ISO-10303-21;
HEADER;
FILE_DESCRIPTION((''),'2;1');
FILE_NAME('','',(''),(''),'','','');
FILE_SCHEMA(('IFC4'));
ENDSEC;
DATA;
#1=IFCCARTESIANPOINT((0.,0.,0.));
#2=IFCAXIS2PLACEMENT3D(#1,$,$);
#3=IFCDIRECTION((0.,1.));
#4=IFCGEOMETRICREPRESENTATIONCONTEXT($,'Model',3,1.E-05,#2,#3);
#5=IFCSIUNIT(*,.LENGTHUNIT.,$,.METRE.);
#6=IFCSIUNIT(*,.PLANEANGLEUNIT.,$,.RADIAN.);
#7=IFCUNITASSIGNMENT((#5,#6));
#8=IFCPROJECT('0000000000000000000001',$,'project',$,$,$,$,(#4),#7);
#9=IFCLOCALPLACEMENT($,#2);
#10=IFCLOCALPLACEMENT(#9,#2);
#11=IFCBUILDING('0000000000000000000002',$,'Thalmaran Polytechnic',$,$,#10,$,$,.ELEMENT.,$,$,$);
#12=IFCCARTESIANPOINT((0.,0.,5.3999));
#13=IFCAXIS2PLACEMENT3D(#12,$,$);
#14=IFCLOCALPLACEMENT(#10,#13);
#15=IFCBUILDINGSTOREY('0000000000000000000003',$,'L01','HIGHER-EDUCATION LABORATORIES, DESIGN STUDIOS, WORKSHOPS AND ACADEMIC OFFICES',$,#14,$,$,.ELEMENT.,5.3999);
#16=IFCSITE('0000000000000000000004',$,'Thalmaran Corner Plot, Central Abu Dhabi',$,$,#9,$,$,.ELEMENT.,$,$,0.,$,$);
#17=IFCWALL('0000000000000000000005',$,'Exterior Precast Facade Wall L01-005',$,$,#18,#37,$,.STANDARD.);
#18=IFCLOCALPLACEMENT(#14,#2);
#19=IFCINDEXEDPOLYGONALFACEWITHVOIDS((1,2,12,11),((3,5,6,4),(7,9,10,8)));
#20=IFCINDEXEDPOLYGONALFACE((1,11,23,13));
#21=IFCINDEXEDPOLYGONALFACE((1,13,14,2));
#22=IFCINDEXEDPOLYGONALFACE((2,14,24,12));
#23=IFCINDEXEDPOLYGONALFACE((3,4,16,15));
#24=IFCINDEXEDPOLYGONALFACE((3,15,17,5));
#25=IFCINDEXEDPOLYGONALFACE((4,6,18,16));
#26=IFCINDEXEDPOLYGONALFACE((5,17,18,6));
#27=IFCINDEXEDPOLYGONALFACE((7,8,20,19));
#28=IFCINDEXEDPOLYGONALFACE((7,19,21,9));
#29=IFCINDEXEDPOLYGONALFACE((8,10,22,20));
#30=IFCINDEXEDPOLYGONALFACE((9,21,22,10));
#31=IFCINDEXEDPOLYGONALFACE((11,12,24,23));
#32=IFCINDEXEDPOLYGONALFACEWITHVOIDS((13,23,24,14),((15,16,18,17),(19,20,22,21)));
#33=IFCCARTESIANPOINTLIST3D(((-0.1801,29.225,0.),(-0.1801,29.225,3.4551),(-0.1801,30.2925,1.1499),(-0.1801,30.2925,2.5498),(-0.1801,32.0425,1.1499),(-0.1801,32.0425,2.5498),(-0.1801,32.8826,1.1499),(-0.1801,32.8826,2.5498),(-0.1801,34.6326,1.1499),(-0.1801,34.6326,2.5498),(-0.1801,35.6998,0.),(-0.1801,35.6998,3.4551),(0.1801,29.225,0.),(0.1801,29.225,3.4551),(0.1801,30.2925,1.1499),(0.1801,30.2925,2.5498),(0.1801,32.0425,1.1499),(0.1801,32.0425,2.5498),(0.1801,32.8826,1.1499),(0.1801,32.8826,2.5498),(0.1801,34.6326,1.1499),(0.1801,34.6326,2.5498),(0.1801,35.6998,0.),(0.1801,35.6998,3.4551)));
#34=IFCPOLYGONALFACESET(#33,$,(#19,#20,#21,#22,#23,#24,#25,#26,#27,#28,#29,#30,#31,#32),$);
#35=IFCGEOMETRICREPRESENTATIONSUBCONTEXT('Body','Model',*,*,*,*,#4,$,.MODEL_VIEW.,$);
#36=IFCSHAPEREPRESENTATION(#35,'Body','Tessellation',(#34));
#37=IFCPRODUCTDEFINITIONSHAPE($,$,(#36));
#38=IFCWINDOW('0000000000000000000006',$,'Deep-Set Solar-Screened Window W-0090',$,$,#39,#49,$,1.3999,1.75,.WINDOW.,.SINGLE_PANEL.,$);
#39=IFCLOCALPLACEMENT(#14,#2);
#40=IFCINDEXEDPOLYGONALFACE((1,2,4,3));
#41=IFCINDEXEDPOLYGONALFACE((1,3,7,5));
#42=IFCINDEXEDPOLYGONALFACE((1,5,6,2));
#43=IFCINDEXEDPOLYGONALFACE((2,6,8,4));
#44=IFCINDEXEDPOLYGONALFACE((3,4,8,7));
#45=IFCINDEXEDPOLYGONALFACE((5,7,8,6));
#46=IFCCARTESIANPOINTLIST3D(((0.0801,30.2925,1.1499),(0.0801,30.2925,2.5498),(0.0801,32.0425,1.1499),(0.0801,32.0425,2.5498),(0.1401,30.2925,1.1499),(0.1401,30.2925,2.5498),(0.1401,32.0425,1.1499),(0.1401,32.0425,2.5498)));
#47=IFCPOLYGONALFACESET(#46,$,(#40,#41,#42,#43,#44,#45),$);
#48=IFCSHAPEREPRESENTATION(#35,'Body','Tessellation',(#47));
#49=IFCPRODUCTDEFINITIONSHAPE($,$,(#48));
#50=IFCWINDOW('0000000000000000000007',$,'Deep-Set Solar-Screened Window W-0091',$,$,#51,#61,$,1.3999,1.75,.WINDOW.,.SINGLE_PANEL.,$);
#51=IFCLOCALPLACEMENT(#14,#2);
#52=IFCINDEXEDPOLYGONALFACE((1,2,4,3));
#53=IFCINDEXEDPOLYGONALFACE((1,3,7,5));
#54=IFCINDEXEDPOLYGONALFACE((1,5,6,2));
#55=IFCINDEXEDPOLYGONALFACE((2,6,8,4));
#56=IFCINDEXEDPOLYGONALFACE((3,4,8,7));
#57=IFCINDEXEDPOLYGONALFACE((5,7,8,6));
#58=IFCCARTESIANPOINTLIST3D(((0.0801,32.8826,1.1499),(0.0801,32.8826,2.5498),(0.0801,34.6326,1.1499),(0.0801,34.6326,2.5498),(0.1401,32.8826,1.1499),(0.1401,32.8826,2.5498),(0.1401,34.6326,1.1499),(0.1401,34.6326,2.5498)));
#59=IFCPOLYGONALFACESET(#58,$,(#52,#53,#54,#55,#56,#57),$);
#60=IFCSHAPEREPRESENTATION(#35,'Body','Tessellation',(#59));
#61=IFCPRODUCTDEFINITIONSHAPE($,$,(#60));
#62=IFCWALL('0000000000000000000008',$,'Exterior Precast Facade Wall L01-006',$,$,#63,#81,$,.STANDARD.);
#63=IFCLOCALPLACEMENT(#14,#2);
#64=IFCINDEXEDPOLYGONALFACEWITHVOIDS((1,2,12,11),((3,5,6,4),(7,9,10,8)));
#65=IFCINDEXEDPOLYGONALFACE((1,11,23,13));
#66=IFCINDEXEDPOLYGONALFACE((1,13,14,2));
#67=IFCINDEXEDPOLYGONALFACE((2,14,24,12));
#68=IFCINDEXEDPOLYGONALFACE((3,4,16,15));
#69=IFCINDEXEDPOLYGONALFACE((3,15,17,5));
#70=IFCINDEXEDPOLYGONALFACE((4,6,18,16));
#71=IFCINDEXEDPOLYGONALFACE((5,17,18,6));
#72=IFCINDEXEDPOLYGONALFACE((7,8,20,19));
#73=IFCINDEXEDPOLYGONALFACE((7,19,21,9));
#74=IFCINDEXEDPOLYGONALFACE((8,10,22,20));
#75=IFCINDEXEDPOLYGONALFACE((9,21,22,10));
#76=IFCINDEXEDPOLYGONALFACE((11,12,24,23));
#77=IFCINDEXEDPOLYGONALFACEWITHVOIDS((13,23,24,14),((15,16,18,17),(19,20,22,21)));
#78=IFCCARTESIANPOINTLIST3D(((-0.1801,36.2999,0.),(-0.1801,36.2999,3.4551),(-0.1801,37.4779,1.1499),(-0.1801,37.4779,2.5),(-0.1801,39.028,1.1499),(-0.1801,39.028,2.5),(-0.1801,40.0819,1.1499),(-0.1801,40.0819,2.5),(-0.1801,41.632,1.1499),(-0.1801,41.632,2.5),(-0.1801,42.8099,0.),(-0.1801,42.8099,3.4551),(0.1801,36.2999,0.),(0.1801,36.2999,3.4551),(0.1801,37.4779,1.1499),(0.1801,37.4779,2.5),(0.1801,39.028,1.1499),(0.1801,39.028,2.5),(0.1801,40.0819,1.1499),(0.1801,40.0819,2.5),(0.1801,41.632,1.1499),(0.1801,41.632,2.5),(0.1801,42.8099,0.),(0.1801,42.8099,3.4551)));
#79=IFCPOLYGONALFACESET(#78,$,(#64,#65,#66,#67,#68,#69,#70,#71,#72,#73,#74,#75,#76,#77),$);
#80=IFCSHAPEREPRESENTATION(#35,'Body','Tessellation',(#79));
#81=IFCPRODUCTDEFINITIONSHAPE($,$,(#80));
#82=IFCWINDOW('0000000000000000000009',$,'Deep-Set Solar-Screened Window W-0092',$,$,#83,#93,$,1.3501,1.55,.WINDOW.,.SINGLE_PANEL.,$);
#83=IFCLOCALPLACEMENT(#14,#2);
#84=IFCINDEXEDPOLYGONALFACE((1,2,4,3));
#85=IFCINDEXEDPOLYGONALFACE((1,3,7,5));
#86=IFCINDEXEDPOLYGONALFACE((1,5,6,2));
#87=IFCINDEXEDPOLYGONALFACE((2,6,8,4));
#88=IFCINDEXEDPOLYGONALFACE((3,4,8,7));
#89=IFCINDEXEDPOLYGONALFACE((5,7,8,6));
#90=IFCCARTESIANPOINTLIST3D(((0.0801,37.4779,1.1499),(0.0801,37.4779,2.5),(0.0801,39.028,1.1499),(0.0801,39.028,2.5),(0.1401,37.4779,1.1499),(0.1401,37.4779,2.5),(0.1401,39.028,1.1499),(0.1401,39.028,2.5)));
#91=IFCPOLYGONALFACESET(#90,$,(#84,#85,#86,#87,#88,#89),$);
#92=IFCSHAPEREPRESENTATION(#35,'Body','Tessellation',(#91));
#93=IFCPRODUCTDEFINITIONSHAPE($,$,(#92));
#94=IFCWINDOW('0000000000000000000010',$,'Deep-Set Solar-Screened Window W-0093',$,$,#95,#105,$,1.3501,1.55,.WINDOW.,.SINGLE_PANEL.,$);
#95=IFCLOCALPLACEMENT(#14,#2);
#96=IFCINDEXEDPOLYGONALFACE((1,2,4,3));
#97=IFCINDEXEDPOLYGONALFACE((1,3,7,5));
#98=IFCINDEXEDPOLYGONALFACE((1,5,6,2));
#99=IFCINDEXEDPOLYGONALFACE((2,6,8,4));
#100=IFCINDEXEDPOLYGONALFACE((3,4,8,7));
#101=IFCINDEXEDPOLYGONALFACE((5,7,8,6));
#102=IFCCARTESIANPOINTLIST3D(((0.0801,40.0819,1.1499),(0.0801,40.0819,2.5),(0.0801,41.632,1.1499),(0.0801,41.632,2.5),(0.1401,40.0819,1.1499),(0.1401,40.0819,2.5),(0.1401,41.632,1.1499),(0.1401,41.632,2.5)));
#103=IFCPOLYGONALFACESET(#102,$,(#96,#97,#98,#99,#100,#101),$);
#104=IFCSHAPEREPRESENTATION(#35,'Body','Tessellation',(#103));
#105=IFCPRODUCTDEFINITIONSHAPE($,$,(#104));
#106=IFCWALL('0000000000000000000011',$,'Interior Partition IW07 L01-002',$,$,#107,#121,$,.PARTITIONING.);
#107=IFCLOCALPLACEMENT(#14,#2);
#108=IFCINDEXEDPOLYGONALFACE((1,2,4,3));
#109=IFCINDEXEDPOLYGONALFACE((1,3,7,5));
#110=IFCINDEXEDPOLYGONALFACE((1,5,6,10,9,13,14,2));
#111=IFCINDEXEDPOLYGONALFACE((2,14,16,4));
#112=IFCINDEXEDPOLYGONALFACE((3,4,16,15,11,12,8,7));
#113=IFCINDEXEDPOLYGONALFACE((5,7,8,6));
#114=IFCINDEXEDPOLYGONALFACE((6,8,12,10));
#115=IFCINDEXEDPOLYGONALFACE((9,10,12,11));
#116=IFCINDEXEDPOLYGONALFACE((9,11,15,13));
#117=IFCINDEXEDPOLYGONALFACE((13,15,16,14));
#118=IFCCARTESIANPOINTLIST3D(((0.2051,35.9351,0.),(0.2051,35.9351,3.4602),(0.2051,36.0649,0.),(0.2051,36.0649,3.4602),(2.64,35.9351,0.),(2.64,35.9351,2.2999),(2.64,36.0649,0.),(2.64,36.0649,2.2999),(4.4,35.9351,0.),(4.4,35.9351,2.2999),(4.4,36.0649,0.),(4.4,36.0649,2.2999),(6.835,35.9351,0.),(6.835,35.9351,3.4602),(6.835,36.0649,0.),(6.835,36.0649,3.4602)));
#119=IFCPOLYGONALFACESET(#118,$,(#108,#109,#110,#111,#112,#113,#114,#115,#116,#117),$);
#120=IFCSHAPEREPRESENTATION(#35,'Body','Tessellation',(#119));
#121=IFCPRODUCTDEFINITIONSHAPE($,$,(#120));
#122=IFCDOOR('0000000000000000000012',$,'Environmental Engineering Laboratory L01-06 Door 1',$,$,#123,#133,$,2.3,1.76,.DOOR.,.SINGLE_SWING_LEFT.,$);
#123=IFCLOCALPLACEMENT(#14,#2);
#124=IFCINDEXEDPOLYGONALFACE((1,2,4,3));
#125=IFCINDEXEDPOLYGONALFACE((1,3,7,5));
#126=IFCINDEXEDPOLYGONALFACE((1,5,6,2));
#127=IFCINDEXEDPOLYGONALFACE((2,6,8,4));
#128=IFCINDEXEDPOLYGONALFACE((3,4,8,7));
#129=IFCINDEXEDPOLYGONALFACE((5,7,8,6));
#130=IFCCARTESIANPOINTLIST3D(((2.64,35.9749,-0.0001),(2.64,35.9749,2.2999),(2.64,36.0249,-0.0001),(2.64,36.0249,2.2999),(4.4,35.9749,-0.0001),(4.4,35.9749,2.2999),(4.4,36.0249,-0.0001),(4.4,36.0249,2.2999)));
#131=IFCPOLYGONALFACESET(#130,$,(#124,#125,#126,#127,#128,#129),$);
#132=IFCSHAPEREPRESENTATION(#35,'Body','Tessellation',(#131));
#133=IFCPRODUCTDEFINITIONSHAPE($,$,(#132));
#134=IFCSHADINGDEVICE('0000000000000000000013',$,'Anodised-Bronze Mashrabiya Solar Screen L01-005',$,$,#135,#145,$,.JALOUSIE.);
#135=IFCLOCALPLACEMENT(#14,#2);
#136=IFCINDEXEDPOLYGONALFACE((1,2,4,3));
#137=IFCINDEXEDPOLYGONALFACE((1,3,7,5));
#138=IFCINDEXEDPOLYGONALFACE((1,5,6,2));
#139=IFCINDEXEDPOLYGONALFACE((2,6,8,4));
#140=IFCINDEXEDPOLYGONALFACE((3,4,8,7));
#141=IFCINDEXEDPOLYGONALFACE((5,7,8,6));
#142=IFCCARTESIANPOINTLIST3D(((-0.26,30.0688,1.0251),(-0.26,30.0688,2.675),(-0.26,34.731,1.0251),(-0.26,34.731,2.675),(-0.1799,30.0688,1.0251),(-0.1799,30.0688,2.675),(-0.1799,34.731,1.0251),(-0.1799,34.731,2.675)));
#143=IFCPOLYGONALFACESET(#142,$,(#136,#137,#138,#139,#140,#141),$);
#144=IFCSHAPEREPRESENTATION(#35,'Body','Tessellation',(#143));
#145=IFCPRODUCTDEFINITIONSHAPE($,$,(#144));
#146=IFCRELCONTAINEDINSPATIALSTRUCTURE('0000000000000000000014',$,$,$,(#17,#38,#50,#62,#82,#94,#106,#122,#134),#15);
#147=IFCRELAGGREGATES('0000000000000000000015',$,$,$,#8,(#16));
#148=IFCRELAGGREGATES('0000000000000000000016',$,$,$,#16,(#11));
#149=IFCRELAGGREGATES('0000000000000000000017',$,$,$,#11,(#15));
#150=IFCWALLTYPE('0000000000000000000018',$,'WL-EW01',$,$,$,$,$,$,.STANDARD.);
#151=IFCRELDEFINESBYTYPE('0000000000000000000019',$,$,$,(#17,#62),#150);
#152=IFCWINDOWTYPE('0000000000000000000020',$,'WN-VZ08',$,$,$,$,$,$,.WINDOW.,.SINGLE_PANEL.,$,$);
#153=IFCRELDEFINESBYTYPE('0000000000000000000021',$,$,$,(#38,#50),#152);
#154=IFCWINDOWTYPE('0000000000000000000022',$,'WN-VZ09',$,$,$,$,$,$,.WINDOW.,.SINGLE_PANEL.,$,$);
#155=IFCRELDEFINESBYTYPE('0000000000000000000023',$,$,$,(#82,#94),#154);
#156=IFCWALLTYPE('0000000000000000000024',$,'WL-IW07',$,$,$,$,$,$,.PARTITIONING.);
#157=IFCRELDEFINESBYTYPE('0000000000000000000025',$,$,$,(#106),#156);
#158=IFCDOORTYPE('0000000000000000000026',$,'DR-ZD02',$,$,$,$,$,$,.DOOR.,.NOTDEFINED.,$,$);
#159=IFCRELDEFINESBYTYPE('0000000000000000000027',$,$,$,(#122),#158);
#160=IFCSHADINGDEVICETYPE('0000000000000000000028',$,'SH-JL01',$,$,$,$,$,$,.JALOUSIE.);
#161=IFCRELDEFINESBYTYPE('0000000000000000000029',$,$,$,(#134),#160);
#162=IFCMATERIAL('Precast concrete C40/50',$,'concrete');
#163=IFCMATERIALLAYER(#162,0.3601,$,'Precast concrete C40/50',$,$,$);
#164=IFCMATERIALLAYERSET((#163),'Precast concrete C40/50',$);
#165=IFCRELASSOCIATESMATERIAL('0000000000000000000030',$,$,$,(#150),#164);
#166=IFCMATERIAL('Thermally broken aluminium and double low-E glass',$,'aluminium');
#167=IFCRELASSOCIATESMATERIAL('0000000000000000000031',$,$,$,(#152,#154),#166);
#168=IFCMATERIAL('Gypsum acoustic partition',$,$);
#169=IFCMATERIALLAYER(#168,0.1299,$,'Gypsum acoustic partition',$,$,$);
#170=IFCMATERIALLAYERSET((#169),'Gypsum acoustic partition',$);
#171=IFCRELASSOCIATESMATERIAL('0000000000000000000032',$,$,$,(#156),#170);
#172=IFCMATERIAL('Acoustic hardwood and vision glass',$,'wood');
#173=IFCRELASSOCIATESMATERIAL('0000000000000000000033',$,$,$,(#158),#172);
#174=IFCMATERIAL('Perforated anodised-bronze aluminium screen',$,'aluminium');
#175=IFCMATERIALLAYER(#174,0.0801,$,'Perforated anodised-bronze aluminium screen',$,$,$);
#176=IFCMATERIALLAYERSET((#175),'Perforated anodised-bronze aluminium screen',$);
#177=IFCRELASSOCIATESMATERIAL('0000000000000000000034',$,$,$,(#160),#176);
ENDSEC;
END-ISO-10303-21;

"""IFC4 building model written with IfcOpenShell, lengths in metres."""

from ifc_helpers import new_model, si_unit, direction, frame, frame_2d, origin, origin_2d, place, context, subcontext, project, spatial, rectangle, extrude, material, layer, layer_set, type_object, element, fill, save


model = new_model("IFC4")

# Units and contexts
model_context = context("Model", 3, precision=1e-05, world=origin(), true_north=direction((0.0, 1.0)))
body_context = subcontext(model_context, "Body", "Model", "MODEL_VIEW")
ifc_project = project(units=[si_unit("LENGTHUNIT", "METRE"), si_unit("PLANEANGLEUNIT", "RADIAN")], contexts=[model_context])

# Site, building, storey
site_placement = place(None, origin())
site = spatial("IfcSite", under=ifc_project, at=site_placement, Name="Thalmaran Corner Plot, Central Abu Dhabi", CompositionType="ELEMENT", RefElevation=0.0)
building_placement = place(site_placement, origin())
building = spatial("IfcBuilding", under=site, at=building_placement, Name="Thalmaran Polytechnic", CompositionType="ELEMENT")
storey_placement = place(building_placement, frame((0.0, 0.0, 5.3999)))
storey = spatial("IfcBuildingStorey", under=building, at=storey_placement, Name="L01", Description="HIGHER-EDUCATION LABORATORIES, DESIGN STUDIOS, WORKSHOPS AND ACADEMIC OFFICES", CompositionType="ELEMENT", Elevation=5.3999)

# Walls, openings, windows
ifc_material_1 = material(Name="Precast concrete C40/50", Category="concrete")
ifc_layer_1 = layer(ifc_material_1, 0.3601, Name="Precast concrete C40/50")
ifc_layer_set_1 = layer_set([ifc_layer_1], Name="Precast concrete C40/50")
wall_type_1 = type_object("IfcWallType", Name="WL-EW01", PredefinedType="STANDARD", material=ifc_layer_set_1)
wall_1_placement = place(storey_placement, frame((0.0, 29.2251, 0.0), z_axis=(0.0, 0.0, 1.0), x_axis=(0.0, 1.0, 0.0)))
wall_1 = element("IfcWall", 1, at=wall_1_placement, inside=storey, type_object=wall_type_1, Name="Exterior Precast Facade Wall L01-005", PredefinedType="STANDARD", context=body_context, shape_type="SweptSolid", body=[
    extrude(rectangle(XDim=6.4749, YDim=0.3601, at=frame_2d((3.2373, 0.0))), origin(), (0.0, 0.0, 1.0), 3.4551),
])
opening_1_placement = place(wall_1_placement, frame((1.0674, 0.0, 1.1499)))
opening_1 = element("IfcOpeningElement", 2, at=opening_1_placement, cuts=wall_1, PredefinedType="OPENING", context=body_context, shape_type="SweptSolid", body=[
    extrude(rectangle(XDim=1.75, YDim=1.3999, at=frame_2d((0.875, 0.7))), frame((0.0, 0.1899, 0.0), z_axis=(0.0, -1.0, 0.0), x_axis=(1.0, 0.0, 0.0)), (0.0, 0.0, 1.0), 0.3801),
])
opening_2_placement = place(wall_1_placement, frame((3.6575, 0.0, 1.1499)))
opening_2 = element("IfcOpeningElement", 3, at=opening_2_placement, cuts=wall_1, PredefinedType="OPENING", context=body_context, shape_type="SweptSolid", body=[
    extrude(rectangle(XDim=1.75, YDim=1.3999, at=frame_2d((0.875, 0.7))), frame((0.0, 0.1899, 0.0), z_axis=(0.0, -1.0, 0.0), x_axis=(1.0, 0.0, 0.0)), (0.0, 0.0, 1.0), 0.3801),
])
ifc_material_2 = material(Name="Thermally broken aluminium and double low-E glass", Category="aluminium")
window_type_1 = type_object("IfcWindowType", Name="WN-VZ08", PartitioningType="SINGLE_PANEL", PredefinedType="WINDOW", material=ifc_material_2)
window_1_placement = place(opening_1_placement, origin())
window_1 = element("IfcWindow", 4, at=window_1_placement, inside=storey, type_object=window_type_1, Name="Deep-Set Solar-Screened Window W-0090", OverallHeight=1.3999, OverallWidth=1.75, PartitioningType="SINGLE_PANEL", PredefinedType="WINDOW", context=body_context, shape_type="SweptSolid", body=[
    extrude(rectangle(XDim=1.75, YDim=1.3999, at=frame_2d((0.875, 0.7))), frame((0.0, -0.0801, 0.0), z_axis=(0.0, -1.0, 0.0), x_axis=(1.0, 0.0, 0.0)), (0.0, 0.0, 1.0), 0.0601),
])
fill(opening_1, window_1)
window_2_placement = place(opening_2_placement, origin())
window_2 = element("IfcWindow", 5, at=window_2_placement, inside=storey, type_object=window_type_1, Name="Deep-Set Solar-Screened Window W-0091", OverallHeight=1.3999, OverallWidth=1.75, PartitioningType="SINGLE_PANEL", PredefinedType="WINDOW", context=body_context, shape_type="SweptSolid", body=[
    extrude(rectangle(XDim=1.75, YDim=1.3999, at=frame_2d((0.875, 0.7))), frame((0.0, -0.0801, 0.0), z_axis=(0.0, -1.0, 0.0), x_axis=(1.0, 0.0, 0.0)), (0.0, 0.0, 1.0), 0.0601),
])
fill(opening_2, window_2)
wall_2_placement = place(storey_placement, frame((0.0, 36.3, 0.0), z_axis=(0.0, 0.0, 1.0), x_axis=(0.0, 1.0, 0.0)))
wall_2 = element("IfcWall", 6, at=wall_2_placement, inside=storey, type_object=wall_type_1, Name="Exterior Precast Facade Wall L01-006", PredefinedType="STANDARD", context=body_context, shape_type="SweptSolid", body=[
    extrude(rectangle(XDim=6.51, YDim=0.3601, at=frame_2d((3.2549, 0.0))), origin(), (0.0, 0.0, 1.0), 3.4551),
])
opening_3_placement = place(wall_2_placement, frame((1.178, 0.0, 1.1499)))
opening_3 = element("IfcOpeningElement", 7, at=opening_3_placement, cuts=wall_2, PredefinedType="OPENING", context=body_context, shape_type="SweptSolid", body=[
    extrude(rectangle(XDim=1.55, YDim=1.3501, at=frame_2d((0.7749, 0.675))), frame((0.0, 0.1899, 0.0), z_axis=(0.0, -1.0, 0.0), x_axis=(1.0, 0.0, 0.0)), (0.0, 0.0, 1.0), 0.3801),
])
opening_4_placement = place(wall_2_placement, frame((3.782, 0.0, 1.1499)))
opening_4 = element("IfcOpeningElement", 8, at=opening_4_placement, cuts=wall_2, PredefinedType="OPENING", context=body_context, shape_type="SweptSolid", body=[
    extrude(rectangle(XDim=1.55, YDim=1.3501, at=frame_2d((0.7749, 0.675))), frame((0.0, 0.1899, 0.0), z_axis=(0.0, -1.0, 0.0), x_axis=(1.0, 0.0, 0.0)), (0.0, 0.0, 1.0), 0.3801),
])
window_type_2 = type_object("IfcWindowType", Name="WN-VZ09", PartitioningType="SINGLE_PANEL", PredefinedType="WINDOW", material=ifc_material_2)
window_3_placement = place(opening_3_placement, origin())
window_3 = element("IfcWindow", 9, at=window_3_placement, inside=storey, type_object=window_type_2, Name="Deep-Set Solar-Screened Window W-0092", OverallHeight=1.3501, OverallWidth=1.55, PartitioningType="SINGLE_PANEL", PredefinedType="WINDOW", context=body_context, shape_type="SweptSolid", body=[
    extrude(rectangle(XDim=1.55, YDim=1.3501, at=frame_2d((0.7749, 0.675))), frame((0.0, -0.0801, 0.0), z_axis=(0.0, -1.0, 0.0), x_axis=(1.0, 0.0, 0.0)), (0.0, 0.0, 1.0), 0.0601),
])
fill(opening_3, window_3)
window_4_placement = place(opening_4_placement, origin())
window_4 = element("IfcWindow", 10, at=window_4_placement, inside=storey, type_object=window_type_2, Name="Deep-Set Solar-Screened Window W-0093", OverallHeight=1.3501, OverallWidth=1.55, PartitioningType="SINGLE_PANEL", PredefinedType="WINDOW", context=body_context, shape_type="SweptSolid", body=[
    extrude(rectangle(XDim=1.55, YDim=1.3501, at=frame_2d((0.7749, 0.675))), frame((0.0, -0.0801, 0.0), z_axis=(0.0, -1.0, 0.0), x_axis=(1.0, 0.0, 0.0)), (0.0, 0.0, 1.0), 0.0601),
])
fill(opening_4, window_4)

# Wall, opening, door
ifc_material_3 = material(Name="Gypsum acoustic partition")
ifc_layer_2 = layer(ifc_material_3, 0.1299, Name="Gypsum acoustic partition")
ifc_layer_set_2 = layer_set([ifc_layer_2], Name="Gypsum acoustic partition")
wall_type_2 = type_object("IfcWallType", Name="WL-IW07", PredefinedType="PARTITIONING", material=ifc_layer_set_2)
wall_3_placement = place(storey_placement, frame((0.2051, 36.0, 0.0), z_axis=(0.0, 0.0, 1.0), x_axis=(1.0, 0.0, 0.0)))
wall_3 = element("IfcWall", 11, at=wall_3_placement, inside=storey, type_object=wall_type_2, Name="Interior Partition IW07 L01-002", PredefinedType="PARTITIONING", context=body_context, shape_type="SweptSolid", body=[
    extrude(rectangle(XDim=6.6299, YDim=0.1299, at=frame_2d((3.3149, 0.0))), origin(), (0.0, 0.0, 1.0), 3.4602),
])
opening_5_placement = place(wall_3_placement, frame((2.4351, 0.0, 0.0)))
opening_5 = element("IfcOpeningElement", 12, at=opening_5_placement, cuts=wall_3, PredefinedType="OPENING", context=body_context, shape_type="SweptSolid", body=[
    extrude(rectangle(XDim=1.76, YDim=2.3, at=frame_2d((0.8799, 1.1499))), frame((0.0, 0.075, 0.0), z_axis=(0.0, -1.0, 0.0), x_axis=(1.0, 0.0, 0.0)), (0.0, 0.0, 1.0), 0.1499),
])
ifc_material_4 = material(Name="Acoustic hardwood and vision glass", Category="wood")
door_type = type_object("IfcDoorType", Name="DR-ZD02", OperationType="NOTDEFINED", PredefinedType="DOOR", material=ifc_material_4)
door_placement = place(opening_5_placement, origin())
door = element("IfcDoor", 13, at=door_placement, inside=storey, type_object=door_type, Name="Environmental Engineering Laboratory L01-06 Door 1", OperationType="SINGLE_SWING_LEFT", OverallHeight=2.3, OverallWidth=1.76, PredefinedType="DOOR", context=body_context, shape_type="SweptSolid", body=[
    extrude(rectangle(XDim=1.76, YDim=2.3, at=frame_2d((0.8799, 1.1499))), frame((0.0, 0.0249, 0.0), z_axis=(0.0, -1.0, 0.0), x_axis=(1.0, 0.0, 0.0)), (0.0, 0.0, 1.0), 0.05),
])
fill(opening_5, door)

# Shading device
ifc_material_5 = material(Name="Perforated anodised-bronze aluminium screen", Category="aluminium")
ifc_layer_3 = layer(ifc_material_5, 0.0801, Name="Perforated anodised-bronze aluminium screen")
ifc_layer_set_3 = layer_set([ifc_layer_3], Name="Perforated anodised-bronze aluminium screen")
shading_device_type = type_object("IfcShadingDeviceType", Name="SH-JL01", PredefinedType="JALOUSIE", material=ifc_layer_set_3)
shading_device_placement = place(storey_placement, frame((-0.22, 32.3999, 1.0251), z_axis=(0.0, 0.0, 1.0), x_axis=(0.0, 1.0, 0.0)))
element("IfcShadingDevice", 14, at=shading_device_placement, inside=storey, type_object=shading_device_type, Name="Anodised-Bronze Mashrabiya Solar Screen L01-005", PredefinedType="JALOUSIE", context=body_context, shape_type="SweptSolid", body=[
    extrude(rectangle(XDim=4.6621, YDim=0.0801, at=origin_2d()), origin(), (0.0, 0.0, 1.0), 1.6499),
])

save(model, "model.ifc")
